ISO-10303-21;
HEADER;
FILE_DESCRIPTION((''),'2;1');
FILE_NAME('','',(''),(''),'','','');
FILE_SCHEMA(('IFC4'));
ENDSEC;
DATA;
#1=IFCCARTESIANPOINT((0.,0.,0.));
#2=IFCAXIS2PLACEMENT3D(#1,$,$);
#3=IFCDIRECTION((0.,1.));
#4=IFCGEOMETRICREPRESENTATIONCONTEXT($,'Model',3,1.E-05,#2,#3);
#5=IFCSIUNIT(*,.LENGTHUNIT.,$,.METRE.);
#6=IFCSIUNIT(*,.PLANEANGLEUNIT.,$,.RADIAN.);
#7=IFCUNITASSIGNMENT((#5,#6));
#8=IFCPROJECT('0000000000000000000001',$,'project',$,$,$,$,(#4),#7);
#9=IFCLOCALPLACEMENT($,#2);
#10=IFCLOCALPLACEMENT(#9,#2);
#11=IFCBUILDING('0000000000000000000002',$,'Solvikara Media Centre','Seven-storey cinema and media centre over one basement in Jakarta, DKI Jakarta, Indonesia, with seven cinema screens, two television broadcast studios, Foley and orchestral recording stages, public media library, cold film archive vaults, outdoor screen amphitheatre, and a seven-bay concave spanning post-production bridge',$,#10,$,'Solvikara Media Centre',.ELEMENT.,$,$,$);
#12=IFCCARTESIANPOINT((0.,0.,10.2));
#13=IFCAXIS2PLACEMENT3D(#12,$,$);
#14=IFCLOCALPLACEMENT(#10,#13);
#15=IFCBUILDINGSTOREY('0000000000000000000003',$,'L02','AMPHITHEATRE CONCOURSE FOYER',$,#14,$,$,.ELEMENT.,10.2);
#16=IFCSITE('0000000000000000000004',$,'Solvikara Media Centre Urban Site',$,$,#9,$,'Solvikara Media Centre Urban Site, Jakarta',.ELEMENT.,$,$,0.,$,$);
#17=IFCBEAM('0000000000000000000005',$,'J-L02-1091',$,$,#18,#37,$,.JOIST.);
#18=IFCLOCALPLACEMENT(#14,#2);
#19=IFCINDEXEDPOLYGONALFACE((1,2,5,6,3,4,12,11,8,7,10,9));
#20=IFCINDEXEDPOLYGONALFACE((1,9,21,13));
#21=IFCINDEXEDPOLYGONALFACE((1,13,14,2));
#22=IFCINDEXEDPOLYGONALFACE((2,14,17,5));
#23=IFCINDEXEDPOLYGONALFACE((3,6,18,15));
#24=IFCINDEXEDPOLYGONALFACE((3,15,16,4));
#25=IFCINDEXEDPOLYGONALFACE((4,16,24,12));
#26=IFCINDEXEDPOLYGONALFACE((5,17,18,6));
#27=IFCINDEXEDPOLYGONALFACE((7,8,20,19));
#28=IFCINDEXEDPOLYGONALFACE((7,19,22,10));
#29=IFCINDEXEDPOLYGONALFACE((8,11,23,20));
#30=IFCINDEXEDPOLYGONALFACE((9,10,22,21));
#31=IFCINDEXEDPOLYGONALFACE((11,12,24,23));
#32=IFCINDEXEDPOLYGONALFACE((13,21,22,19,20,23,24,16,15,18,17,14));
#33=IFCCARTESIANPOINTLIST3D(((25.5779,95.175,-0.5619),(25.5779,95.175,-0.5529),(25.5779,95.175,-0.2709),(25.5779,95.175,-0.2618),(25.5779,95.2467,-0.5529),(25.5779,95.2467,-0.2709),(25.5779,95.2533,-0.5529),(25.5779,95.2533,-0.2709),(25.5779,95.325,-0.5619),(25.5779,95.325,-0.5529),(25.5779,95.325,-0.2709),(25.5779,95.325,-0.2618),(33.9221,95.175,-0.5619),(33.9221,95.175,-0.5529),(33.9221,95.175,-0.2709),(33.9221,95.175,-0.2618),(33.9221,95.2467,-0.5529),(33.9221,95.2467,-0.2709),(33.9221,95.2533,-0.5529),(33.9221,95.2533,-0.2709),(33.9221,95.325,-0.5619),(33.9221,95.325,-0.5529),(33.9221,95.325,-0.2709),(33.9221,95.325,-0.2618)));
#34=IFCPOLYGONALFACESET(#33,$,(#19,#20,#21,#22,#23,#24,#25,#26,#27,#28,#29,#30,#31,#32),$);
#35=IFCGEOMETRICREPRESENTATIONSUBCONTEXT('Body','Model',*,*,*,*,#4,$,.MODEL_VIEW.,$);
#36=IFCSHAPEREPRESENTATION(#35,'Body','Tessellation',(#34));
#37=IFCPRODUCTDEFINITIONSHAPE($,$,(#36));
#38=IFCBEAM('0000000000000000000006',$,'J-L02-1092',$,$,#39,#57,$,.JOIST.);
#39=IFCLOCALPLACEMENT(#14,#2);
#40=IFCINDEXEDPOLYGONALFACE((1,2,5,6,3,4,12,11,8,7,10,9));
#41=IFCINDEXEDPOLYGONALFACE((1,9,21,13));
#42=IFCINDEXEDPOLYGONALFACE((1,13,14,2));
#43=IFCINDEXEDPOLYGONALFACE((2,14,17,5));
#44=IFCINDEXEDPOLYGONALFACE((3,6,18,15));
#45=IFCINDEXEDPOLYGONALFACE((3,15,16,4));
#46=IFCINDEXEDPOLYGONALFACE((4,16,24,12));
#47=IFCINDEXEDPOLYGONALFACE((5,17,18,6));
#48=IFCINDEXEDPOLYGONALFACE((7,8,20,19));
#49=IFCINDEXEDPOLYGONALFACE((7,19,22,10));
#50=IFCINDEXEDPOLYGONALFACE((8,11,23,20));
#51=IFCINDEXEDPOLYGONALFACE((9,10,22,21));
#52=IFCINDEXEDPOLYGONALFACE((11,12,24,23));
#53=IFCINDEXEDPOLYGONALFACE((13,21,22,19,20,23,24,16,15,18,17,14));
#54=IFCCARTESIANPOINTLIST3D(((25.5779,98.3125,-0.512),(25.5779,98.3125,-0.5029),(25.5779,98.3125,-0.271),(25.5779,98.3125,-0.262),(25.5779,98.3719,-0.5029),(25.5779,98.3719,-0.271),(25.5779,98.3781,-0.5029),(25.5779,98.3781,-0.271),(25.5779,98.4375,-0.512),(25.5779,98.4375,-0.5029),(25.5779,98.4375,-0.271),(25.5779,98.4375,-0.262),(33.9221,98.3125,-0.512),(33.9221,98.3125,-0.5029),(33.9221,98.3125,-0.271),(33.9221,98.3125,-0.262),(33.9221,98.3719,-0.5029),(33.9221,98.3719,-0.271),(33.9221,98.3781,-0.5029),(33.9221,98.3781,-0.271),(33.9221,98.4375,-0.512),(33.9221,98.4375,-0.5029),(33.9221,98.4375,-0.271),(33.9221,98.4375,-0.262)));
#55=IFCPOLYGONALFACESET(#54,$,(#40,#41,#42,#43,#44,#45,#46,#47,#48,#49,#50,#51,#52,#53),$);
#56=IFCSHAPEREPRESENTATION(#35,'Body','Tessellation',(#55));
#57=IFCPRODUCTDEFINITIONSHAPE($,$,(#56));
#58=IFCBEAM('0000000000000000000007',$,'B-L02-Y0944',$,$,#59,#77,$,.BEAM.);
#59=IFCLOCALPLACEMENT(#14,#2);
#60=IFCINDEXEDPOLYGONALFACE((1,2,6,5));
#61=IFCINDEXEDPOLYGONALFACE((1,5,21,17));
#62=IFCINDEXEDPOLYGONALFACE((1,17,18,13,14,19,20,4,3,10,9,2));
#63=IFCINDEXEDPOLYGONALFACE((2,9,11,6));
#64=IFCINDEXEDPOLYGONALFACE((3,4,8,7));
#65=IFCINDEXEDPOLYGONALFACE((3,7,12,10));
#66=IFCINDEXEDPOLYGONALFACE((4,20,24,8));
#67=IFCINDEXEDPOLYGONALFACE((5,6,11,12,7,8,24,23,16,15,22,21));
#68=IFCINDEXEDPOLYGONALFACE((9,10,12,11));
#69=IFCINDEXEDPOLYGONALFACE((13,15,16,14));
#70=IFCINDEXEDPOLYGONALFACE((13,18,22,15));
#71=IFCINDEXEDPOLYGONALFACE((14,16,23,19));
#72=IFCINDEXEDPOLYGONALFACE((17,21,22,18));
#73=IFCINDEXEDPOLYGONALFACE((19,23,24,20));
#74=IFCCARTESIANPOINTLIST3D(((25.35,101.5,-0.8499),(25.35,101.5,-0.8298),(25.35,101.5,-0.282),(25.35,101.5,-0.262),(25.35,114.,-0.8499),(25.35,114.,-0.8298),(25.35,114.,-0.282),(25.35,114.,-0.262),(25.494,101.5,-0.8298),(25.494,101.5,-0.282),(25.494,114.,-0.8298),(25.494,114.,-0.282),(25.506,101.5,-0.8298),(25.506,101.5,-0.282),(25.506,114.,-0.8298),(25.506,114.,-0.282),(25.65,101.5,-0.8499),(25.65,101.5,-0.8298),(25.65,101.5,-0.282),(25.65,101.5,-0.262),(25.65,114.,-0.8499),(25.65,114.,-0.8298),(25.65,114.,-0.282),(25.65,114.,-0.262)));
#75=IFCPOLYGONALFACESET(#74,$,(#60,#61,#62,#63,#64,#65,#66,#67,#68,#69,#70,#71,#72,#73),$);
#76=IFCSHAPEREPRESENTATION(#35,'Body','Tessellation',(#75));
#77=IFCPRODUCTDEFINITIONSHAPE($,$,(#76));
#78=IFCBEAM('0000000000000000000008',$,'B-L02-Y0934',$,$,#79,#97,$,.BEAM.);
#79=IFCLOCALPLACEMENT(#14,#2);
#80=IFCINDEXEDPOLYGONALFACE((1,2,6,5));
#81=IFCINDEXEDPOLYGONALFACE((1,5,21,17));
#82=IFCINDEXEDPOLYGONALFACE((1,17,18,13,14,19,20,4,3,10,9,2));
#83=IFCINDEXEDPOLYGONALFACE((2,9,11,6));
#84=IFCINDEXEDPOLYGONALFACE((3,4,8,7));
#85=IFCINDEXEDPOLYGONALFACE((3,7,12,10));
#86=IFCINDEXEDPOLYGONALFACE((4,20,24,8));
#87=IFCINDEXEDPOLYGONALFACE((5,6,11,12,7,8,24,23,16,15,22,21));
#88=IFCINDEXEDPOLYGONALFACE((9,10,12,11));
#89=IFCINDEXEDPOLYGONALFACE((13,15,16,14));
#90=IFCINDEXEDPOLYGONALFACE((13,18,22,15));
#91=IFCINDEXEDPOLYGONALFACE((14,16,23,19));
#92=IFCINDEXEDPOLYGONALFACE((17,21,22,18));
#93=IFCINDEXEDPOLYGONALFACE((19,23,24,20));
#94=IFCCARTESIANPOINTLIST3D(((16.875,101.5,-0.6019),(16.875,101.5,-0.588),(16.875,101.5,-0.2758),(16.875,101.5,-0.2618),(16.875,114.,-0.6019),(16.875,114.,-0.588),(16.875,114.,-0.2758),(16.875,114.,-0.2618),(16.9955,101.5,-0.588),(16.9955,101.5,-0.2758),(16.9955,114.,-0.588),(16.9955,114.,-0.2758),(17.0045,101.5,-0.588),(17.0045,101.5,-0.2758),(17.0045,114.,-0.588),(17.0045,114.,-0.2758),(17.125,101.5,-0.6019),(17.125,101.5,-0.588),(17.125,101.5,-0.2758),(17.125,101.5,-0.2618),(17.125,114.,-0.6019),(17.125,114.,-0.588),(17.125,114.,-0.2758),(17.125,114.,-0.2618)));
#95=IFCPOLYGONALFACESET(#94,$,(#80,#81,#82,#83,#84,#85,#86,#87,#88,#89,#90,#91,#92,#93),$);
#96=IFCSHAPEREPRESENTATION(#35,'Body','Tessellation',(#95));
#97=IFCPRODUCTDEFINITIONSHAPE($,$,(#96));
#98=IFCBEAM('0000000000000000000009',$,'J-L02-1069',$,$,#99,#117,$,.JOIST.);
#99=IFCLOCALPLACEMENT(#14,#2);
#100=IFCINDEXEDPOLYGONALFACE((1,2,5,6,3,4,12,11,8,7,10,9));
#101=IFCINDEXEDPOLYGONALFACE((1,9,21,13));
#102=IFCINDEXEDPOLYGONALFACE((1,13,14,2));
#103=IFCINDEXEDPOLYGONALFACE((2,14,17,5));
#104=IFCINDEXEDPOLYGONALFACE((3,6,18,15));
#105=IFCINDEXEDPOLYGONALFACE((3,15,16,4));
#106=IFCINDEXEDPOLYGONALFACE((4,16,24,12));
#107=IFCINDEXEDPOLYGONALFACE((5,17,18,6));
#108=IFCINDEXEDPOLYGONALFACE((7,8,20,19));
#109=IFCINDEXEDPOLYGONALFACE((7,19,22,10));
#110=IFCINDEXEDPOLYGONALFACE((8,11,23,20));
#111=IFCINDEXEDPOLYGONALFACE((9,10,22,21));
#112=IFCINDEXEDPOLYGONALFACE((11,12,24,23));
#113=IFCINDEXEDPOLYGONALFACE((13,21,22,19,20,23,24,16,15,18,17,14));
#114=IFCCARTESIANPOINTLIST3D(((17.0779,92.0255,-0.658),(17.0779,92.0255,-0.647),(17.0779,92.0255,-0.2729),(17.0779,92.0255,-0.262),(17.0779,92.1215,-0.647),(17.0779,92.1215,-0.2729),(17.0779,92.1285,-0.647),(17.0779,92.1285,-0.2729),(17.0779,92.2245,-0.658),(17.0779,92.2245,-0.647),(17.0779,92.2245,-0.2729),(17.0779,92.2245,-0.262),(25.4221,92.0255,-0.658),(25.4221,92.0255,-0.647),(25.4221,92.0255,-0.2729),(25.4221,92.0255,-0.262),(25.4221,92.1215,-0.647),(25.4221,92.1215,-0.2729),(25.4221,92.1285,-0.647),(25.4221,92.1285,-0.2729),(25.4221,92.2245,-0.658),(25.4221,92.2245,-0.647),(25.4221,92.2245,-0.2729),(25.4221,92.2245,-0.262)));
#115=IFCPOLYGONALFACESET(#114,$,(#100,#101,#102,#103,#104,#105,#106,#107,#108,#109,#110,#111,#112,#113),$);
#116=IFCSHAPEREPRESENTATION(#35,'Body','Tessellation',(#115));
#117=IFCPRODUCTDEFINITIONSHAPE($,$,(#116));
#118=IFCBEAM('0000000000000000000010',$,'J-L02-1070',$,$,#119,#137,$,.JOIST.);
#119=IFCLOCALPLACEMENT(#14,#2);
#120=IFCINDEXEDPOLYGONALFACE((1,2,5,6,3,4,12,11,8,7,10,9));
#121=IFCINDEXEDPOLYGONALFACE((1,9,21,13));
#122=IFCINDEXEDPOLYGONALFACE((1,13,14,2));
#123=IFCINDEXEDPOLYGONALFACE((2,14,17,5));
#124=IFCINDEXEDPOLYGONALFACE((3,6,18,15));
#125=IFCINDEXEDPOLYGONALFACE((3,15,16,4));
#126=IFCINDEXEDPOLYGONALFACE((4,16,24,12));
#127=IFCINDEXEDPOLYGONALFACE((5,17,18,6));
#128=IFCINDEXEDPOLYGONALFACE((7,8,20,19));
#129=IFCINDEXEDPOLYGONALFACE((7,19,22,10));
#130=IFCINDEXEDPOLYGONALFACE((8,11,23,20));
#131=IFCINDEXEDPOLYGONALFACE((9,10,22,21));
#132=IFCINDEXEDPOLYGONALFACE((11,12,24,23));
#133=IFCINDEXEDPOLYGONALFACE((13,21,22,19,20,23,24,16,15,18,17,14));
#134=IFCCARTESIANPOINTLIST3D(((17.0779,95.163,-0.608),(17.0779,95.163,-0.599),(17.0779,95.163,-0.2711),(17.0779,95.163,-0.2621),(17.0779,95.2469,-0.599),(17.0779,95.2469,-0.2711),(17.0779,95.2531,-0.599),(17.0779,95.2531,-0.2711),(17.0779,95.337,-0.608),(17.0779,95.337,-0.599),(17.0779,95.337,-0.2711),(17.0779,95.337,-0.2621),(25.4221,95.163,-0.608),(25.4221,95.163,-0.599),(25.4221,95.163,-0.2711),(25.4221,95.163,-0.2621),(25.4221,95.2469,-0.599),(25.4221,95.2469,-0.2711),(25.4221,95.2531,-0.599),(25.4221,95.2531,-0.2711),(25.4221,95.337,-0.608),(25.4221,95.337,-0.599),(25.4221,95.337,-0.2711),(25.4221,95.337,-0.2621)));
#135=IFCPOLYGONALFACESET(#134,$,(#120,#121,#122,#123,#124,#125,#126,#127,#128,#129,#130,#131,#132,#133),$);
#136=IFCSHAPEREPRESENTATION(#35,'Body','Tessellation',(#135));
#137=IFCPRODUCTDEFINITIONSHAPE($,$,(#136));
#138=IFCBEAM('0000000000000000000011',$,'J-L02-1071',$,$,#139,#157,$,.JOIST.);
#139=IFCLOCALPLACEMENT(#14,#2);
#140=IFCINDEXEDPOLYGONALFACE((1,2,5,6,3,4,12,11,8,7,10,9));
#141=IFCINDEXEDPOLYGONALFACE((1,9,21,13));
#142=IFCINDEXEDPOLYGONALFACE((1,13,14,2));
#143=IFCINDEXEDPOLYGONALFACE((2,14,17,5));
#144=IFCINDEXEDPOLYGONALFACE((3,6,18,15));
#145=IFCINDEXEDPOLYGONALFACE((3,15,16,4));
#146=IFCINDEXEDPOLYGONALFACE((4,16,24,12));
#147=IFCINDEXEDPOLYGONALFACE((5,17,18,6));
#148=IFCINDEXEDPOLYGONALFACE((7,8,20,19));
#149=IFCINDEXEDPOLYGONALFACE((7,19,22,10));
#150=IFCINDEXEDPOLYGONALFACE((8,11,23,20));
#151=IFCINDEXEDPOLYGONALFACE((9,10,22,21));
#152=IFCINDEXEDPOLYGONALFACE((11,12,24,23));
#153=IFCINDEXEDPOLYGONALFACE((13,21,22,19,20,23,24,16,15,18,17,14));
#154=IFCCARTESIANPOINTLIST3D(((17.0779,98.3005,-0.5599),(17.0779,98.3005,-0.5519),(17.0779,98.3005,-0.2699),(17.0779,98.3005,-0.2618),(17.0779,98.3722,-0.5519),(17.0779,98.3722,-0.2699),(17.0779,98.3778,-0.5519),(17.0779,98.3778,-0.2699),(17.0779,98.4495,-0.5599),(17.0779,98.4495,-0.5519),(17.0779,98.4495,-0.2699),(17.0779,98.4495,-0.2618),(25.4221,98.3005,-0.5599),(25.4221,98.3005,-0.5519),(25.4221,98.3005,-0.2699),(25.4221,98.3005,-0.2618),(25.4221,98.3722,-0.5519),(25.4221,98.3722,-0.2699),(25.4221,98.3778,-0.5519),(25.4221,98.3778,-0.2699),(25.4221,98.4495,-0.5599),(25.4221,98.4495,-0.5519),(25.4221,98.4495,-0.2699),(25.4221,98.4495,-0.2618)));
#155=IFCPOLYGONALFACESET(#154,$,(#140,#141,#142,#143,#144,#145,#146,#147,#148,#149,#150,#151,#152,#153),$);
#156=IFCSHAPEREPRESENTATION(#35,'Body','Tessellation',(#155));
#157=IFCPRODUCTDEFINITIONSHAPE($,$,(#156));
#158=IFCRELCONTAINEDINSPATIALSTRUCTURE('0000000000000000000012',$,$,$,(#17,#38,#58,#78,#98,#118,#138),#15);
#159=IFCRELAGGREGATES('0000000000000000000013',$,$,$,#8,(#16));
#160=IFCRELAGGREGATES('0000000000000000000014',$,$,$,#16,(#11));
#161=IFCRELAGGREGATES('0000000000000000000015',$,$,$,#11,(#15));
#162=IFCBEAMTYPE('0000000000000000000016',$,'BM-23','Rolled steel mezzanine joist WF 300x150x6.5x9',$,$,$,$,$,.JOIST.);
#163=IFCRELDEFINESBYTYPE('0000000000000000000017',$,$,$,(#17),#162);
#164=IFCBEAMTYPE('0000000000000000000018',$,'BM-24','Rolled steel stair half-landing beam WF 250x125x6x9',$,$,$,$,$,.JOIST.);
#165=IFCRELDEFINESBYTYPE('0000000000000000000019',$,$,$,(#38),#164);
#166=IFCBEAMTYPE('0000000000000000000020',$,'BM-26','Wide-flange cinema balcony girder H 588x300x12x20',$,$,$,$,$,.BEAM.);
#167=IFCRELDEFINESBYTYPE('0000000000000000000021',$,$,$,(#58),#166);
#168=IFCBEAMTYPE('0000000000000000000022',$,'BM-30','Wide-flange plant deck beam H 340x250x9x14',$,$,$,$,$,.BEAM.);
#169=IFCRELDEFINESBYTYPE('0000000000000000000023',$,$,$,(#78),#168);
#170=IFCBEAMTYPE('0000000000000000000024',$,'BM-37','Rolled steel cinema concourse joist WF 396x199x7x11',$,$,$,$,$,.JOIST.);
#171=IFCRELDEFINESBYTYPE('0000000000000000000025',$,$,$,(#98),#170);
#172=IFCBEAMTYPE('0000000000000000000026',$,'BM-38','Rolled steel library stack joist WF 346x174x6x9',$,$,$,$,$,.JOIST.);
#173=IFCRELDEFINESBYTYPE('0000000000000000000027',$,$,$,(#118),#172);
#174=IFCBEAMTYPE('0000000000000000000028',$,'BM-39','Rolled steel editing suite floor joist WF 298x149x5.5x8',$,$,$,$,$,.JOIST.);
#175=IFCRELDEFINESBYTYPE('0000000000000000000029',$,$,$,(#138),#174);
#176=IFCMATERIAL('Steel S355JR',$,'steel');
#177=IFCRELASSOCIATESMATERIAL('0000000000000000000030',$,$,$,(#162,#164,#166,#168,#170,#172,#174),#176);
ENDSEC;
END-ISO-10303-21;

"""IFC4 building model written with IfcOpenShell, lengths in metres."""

from ifc_helpers import new_model, si_unit, direction, frame, origin, origin_2d, place, context, subcontext, project, spatial, i_section, extrude, material, material_profile, profile_set, type_object, element, save


model = new_model("IFC4")

# Units and contexts
model_context = context("Model", 3, precision=1e-05, world=origin(), true_north=direction((0.0, 1.0)))
body_context = subcontext(model_context, "Body", "Model", "MODEL_VIEW")
ifc_project = project(units=[si_unit("LENGTHUNIT", "METRE"), si_unit("PLANEANGLEUNIT", "RADIAN")], contexts=[model_context])

# Site, building, storey
site_placement = place(None, origin())
site = spatial("IfcSite", under=ifc_project, at=site_placement, Name="Solvikara Media Centre Urban Site", LongName="Solvikara Media Centre Urban Site, Jakarta", CompositionType="ELEMENT", RefElevation=0.0)
building_placement = place(site_placement, origin())
building = spatial("IfcBuilding", under=site, at=building_placement, Name="Solvikara Media Centre", Description="Seven-storey cinema and media centre over one basement in Jakarta, DKI Jakarta, Indonesia, with seven cinema screens, two television broadcast studios, Foley and orchestral recording stages, public media library, cold film archive vaults, outdoor screen amphitheatre, and a seven-bay concave spanning post-production bridge", LongName="Solvikara Media Centre", CompositionType="ELEMENT")
storey_placement = place(building_placement, frame((0.0, 0.0, 10.2)))
storey = spatial("IfcBuildingStorey", under=building, at=storey_placement, Name="L02", Description="AMPHITHEATRE CONCOURSE FOYER", CompositionType="ELEMENT", Elevation=10.2)

# Shared definitions
ifc_material_1 = material(Name="Steel S355JR", Category="steel")

# Beams
ifc_material_profile_1 = material_profile(ifc_material_1, i_section(OverallWidth=0.1499, OverallDepth=0.3, WebThickness=0.0066, FlangeThickness=0.009, at=origin_2d()), Name="WF 300x150x6.5x9")
ifc_profile_set_1 = profile_set([ifc_material_profile_1], Name="Steel S355JR")
beam_type_1 = type_object("IfcBeamType", Name="BM-23", Description="Rolled steel mezzanine joist WF 300x150x6.5x9", PredefinedType="JOIST", material=ifc_profile_set_1)
beam_1_placement = place(storey_placement, frame((25.5779, 95.25, -0.4119), z_axis=(1.0, 0.0, 0.0), x_axis=(0.0, 1.0, 0.0)))
element("IfcBeam", 1, at=beam_1_placement, inside=storey, type_object=beam_type_1, Name="J-L02-1091", PredefinedType="JOIST", context=body_context, shape_type="SweptSolid", body=[
    extrude(i_section(OverallWidth=0.1499, OverallDepth=0.3, WebThickness=0.0066, FlangeThickness=0.009, at=origin_2d()), origin(), (0.0, 0.0, 1.0), 8.3442),
])
ifc_material_profile_2 = material_profile(ifc_material_1, i_section(OverallWidth=0.125, OverallDepth=0.25, WebThickness=0.0061, FlangeThickness=0.009, at=origin_2d()), Name="WF 250x125x6x9")
ifc_profile_set_2 = profile_set([ifc_material_profile_2], Name="Steel S355JR")
beam_type_2 = type_object("IfcBeamType", Name="BM-24", Description="Rolled steel stair half-landing beam WF 250x125x6x9", PredefinedType="JOIST", material=ifc_profile_set_2)
beam_2_placement = place(storey_placement, frame((25.5779, 98.375, -0.387), z_axis=(1.0, 0.0, 0.0), x_axis=(0.0, 1.0, 0.0)))
element("IfcBeam", 2, at=beam_2_placement, inside=storey, type_object=beam_type_2, Name="J-L02-1092", PredefinedType="JOIST", context=body_context, shape_type="SweptSolid", body=[
    extrude(i_section(OverallWidth=0.125, OverallDepth=0.25, WebThickness=0.0061, FlangeThickness=0.009, at=origin_2d()), origin(), (0.0, 0.0, 1.0), 8.3442),
])
ifc_material_profile_3 = material_profile(ifc_material_1, i_section(OverallWidth=0.3, OverallDepth=0.5879, WebThickness=0.012, FlangeThickness=0.02, at=origin_2d()), Name="H 588x300x12x20")
ifc_profile_set_3 = profile_set([ifc_material_profile_3], Name="Steel S355JR")
beam_type_3 = type_object("IfcBeamType", Name="BM-26", Description="Wide-flange cinema balcony girder H 588x300x12x20", PredefinedType="BEAM", material=ifc_profile_set_3)
beam_3_placement = place(storey_placement, frame((25.5, 101.5, -0.5559), z_axis=(0.0, 1.0, 0.0), x_axis=(-1.0, 0.0, 0.0)))
element("IfcBeam", 3, at=beam_3_placement, inside=storey, type_object=beam_type_3, Name="B-L02-Y0944", PredefinedType="BEAM", context=body_context, shape_type="SweptSolid", body=[
    extrude(i_section(OverallWidth=0.3, OverallDepth=0.5879, WebThickness=0.012, FlangeThickness=0.02, at=origin_2d()), origin(), (0.0, 0.0, 1.0), 12.5),
])
ifc_material_profile_4 = material_profile(ifc_material_1, i_section(OverallWidth=0.25, OverallDepth=0.3401, WebThickness=0.009, FlangeThickness=0.0139, at=origin_2d()), Name="H 340x250x9x14")
ifc_profile_set_4 = profile_set([ifc_material_profile_4], Name="Steel S355JR")
beam_type_4 = type_object("IfcBeamType", Name="BM-30", Description="Wide-flange plant deck beam H 340x250x9x14", PredefinedType="BEAM", material=ifc_profile_set_4)
beam_4_placement = place(storey_placement, frame((17.0, 101.5, -0.4319), z_axis=(0.0, 1.0, 0.0), x_axis=(-1.0, 0.0, 0.0)))
element("IfcBeam", 4, at=beam_4_placement, inside=storey, type_object=beam_type_4, Name="B-L02-Y0934", PredefinedType="BEAM", context=body_context, shape_type="SweptSolid", body=[
    extrude(i_section(OverallWidth=0.25, OverallDepth=0.3401, WebThickness=0.009, FlangeThickness=0.0139, at=origin_2d()), origin(), (0.0, 0.0, 1.0), 12.5),
])
ifc_material_profile_5 = material_profile(ifc_material_1, i_section(OverallWidth=0.199, OverallDepth=0.396, WebThickness=0.0071, FlangeThickness=0.011, at=origin_2d()), Name="WF 396x199x7x11")
ifc_profile_set_5 = profile_set([ifc_material_profile_5], Name="Steel S355JR")
beam_type_5 = type_object("IfcBeamType", Name="BM-37", Description="Rolled steel cinema concourse joist WF 396x199x7x11", PredefinedType="JOIST", material=ifc_profile_set_5)
beam_5_placement = place(storey_placement, frame((17.0779, 92.125, -0.46), z_axis=(1.0, 0.0, 0.0), x_axis=(0.0, 1.0, 0.0)))
element("IfcBeam", 5, at=beam_5_placement, inside=storey, type_object=beam_type_5, Name="J-L02-1069", PredefinedType="JOIST", context=body_context, shape_type="SweptSolid", body=[
    extrude(i_section(OverallWidth=0.199, OverallDepth=0.396, WebThickness=0.0071, FlangeThickness=0.011, at=origin_2d()), origin(), (0.0, 0.0, 1.0), 8.3442),
])
ifc_material_profile_6 = material_profile(ifc_material_1, i_section(OverallWidth=0.1741, OverallDepth=0.3459, WebThickness=0.0061, FlangeThickness=0.009, at=origin_2d()), Name="WF 346x174x6x9")
ifc_profile_set_6 = profile_set([ifc_material_profile_6], Name="Steel S355JR")
beam_type_6 = type_object("IfcBeamType", Name="BM-38", Description="Rolled steel library stack joist WF 346x174x6x9", PredefinedType="JOIST", material=ifc_profile_set_6)
beam_6_placement = place(storey_placement, frame((17.0779, 95.25, -0.4351), z_axis=(1.0, 0.0, 0.0), x_axis=(0.0, 1.0, 0.0)))
element("IfcBeam", 6, at=beam_6_placement, inside=storey, type_object=beam_type_6, Name="J-L02-1070", PredefinedType="JOIST", context=body_context, shape_type="SweptSolid", body=[
    extrude(i_section(OverallWidth=0.1741, OverallDepth=0.3459, WebThickness=0.0061, FlangeThickness=0.009, at=origin_2d()), origin(), (0.0, 0.0, 1.0), 8.3442),
])
ifc_material_profile_7 = material_profile(ifc_material_1, i_section(OverallWidth=0.1489, OverallDepth=0.2981, WebThickness=0.0056, FlangeThickness=0.0081, at=origin_2d()), Name="WF 298x149x5.5x8")
ifc_profile_set_7 = profile_set([ifc_material_profile_7], Name="Steel S355JR")
beam_type_7 = type_object("IfcBeamType", Name="BM-39", Description="Rolled steel editing suite floor joist WF 298x149x5.5x8", PredefinedType="JOIST", material=ifc_profile_set_7)
beam_7_placement = place(storey_placement, frame((17.0779, 98.375, -0.4109), z_axis=(1.0, 0.0, 0.0), x_axis=(0.0, 1.0, 0.0)))
element("IfcBeam", 7, at=beam_7_placement, inside=storey, type_object=beam_type_7, Name="J-L02-1071", PredefinedType="JOIST", context=body_context, shape_type="SweptSolid", body=[
    extrude(i_section(OverallWidth=0.1489, OverallDepth=0.2981, WebThickness=0.0056, FlangeThickness=0.0081, at=origin_2d()), origin(), (0.0, 0.0, 1.0), 8.3442),
])

save(model, "model.ifc")
